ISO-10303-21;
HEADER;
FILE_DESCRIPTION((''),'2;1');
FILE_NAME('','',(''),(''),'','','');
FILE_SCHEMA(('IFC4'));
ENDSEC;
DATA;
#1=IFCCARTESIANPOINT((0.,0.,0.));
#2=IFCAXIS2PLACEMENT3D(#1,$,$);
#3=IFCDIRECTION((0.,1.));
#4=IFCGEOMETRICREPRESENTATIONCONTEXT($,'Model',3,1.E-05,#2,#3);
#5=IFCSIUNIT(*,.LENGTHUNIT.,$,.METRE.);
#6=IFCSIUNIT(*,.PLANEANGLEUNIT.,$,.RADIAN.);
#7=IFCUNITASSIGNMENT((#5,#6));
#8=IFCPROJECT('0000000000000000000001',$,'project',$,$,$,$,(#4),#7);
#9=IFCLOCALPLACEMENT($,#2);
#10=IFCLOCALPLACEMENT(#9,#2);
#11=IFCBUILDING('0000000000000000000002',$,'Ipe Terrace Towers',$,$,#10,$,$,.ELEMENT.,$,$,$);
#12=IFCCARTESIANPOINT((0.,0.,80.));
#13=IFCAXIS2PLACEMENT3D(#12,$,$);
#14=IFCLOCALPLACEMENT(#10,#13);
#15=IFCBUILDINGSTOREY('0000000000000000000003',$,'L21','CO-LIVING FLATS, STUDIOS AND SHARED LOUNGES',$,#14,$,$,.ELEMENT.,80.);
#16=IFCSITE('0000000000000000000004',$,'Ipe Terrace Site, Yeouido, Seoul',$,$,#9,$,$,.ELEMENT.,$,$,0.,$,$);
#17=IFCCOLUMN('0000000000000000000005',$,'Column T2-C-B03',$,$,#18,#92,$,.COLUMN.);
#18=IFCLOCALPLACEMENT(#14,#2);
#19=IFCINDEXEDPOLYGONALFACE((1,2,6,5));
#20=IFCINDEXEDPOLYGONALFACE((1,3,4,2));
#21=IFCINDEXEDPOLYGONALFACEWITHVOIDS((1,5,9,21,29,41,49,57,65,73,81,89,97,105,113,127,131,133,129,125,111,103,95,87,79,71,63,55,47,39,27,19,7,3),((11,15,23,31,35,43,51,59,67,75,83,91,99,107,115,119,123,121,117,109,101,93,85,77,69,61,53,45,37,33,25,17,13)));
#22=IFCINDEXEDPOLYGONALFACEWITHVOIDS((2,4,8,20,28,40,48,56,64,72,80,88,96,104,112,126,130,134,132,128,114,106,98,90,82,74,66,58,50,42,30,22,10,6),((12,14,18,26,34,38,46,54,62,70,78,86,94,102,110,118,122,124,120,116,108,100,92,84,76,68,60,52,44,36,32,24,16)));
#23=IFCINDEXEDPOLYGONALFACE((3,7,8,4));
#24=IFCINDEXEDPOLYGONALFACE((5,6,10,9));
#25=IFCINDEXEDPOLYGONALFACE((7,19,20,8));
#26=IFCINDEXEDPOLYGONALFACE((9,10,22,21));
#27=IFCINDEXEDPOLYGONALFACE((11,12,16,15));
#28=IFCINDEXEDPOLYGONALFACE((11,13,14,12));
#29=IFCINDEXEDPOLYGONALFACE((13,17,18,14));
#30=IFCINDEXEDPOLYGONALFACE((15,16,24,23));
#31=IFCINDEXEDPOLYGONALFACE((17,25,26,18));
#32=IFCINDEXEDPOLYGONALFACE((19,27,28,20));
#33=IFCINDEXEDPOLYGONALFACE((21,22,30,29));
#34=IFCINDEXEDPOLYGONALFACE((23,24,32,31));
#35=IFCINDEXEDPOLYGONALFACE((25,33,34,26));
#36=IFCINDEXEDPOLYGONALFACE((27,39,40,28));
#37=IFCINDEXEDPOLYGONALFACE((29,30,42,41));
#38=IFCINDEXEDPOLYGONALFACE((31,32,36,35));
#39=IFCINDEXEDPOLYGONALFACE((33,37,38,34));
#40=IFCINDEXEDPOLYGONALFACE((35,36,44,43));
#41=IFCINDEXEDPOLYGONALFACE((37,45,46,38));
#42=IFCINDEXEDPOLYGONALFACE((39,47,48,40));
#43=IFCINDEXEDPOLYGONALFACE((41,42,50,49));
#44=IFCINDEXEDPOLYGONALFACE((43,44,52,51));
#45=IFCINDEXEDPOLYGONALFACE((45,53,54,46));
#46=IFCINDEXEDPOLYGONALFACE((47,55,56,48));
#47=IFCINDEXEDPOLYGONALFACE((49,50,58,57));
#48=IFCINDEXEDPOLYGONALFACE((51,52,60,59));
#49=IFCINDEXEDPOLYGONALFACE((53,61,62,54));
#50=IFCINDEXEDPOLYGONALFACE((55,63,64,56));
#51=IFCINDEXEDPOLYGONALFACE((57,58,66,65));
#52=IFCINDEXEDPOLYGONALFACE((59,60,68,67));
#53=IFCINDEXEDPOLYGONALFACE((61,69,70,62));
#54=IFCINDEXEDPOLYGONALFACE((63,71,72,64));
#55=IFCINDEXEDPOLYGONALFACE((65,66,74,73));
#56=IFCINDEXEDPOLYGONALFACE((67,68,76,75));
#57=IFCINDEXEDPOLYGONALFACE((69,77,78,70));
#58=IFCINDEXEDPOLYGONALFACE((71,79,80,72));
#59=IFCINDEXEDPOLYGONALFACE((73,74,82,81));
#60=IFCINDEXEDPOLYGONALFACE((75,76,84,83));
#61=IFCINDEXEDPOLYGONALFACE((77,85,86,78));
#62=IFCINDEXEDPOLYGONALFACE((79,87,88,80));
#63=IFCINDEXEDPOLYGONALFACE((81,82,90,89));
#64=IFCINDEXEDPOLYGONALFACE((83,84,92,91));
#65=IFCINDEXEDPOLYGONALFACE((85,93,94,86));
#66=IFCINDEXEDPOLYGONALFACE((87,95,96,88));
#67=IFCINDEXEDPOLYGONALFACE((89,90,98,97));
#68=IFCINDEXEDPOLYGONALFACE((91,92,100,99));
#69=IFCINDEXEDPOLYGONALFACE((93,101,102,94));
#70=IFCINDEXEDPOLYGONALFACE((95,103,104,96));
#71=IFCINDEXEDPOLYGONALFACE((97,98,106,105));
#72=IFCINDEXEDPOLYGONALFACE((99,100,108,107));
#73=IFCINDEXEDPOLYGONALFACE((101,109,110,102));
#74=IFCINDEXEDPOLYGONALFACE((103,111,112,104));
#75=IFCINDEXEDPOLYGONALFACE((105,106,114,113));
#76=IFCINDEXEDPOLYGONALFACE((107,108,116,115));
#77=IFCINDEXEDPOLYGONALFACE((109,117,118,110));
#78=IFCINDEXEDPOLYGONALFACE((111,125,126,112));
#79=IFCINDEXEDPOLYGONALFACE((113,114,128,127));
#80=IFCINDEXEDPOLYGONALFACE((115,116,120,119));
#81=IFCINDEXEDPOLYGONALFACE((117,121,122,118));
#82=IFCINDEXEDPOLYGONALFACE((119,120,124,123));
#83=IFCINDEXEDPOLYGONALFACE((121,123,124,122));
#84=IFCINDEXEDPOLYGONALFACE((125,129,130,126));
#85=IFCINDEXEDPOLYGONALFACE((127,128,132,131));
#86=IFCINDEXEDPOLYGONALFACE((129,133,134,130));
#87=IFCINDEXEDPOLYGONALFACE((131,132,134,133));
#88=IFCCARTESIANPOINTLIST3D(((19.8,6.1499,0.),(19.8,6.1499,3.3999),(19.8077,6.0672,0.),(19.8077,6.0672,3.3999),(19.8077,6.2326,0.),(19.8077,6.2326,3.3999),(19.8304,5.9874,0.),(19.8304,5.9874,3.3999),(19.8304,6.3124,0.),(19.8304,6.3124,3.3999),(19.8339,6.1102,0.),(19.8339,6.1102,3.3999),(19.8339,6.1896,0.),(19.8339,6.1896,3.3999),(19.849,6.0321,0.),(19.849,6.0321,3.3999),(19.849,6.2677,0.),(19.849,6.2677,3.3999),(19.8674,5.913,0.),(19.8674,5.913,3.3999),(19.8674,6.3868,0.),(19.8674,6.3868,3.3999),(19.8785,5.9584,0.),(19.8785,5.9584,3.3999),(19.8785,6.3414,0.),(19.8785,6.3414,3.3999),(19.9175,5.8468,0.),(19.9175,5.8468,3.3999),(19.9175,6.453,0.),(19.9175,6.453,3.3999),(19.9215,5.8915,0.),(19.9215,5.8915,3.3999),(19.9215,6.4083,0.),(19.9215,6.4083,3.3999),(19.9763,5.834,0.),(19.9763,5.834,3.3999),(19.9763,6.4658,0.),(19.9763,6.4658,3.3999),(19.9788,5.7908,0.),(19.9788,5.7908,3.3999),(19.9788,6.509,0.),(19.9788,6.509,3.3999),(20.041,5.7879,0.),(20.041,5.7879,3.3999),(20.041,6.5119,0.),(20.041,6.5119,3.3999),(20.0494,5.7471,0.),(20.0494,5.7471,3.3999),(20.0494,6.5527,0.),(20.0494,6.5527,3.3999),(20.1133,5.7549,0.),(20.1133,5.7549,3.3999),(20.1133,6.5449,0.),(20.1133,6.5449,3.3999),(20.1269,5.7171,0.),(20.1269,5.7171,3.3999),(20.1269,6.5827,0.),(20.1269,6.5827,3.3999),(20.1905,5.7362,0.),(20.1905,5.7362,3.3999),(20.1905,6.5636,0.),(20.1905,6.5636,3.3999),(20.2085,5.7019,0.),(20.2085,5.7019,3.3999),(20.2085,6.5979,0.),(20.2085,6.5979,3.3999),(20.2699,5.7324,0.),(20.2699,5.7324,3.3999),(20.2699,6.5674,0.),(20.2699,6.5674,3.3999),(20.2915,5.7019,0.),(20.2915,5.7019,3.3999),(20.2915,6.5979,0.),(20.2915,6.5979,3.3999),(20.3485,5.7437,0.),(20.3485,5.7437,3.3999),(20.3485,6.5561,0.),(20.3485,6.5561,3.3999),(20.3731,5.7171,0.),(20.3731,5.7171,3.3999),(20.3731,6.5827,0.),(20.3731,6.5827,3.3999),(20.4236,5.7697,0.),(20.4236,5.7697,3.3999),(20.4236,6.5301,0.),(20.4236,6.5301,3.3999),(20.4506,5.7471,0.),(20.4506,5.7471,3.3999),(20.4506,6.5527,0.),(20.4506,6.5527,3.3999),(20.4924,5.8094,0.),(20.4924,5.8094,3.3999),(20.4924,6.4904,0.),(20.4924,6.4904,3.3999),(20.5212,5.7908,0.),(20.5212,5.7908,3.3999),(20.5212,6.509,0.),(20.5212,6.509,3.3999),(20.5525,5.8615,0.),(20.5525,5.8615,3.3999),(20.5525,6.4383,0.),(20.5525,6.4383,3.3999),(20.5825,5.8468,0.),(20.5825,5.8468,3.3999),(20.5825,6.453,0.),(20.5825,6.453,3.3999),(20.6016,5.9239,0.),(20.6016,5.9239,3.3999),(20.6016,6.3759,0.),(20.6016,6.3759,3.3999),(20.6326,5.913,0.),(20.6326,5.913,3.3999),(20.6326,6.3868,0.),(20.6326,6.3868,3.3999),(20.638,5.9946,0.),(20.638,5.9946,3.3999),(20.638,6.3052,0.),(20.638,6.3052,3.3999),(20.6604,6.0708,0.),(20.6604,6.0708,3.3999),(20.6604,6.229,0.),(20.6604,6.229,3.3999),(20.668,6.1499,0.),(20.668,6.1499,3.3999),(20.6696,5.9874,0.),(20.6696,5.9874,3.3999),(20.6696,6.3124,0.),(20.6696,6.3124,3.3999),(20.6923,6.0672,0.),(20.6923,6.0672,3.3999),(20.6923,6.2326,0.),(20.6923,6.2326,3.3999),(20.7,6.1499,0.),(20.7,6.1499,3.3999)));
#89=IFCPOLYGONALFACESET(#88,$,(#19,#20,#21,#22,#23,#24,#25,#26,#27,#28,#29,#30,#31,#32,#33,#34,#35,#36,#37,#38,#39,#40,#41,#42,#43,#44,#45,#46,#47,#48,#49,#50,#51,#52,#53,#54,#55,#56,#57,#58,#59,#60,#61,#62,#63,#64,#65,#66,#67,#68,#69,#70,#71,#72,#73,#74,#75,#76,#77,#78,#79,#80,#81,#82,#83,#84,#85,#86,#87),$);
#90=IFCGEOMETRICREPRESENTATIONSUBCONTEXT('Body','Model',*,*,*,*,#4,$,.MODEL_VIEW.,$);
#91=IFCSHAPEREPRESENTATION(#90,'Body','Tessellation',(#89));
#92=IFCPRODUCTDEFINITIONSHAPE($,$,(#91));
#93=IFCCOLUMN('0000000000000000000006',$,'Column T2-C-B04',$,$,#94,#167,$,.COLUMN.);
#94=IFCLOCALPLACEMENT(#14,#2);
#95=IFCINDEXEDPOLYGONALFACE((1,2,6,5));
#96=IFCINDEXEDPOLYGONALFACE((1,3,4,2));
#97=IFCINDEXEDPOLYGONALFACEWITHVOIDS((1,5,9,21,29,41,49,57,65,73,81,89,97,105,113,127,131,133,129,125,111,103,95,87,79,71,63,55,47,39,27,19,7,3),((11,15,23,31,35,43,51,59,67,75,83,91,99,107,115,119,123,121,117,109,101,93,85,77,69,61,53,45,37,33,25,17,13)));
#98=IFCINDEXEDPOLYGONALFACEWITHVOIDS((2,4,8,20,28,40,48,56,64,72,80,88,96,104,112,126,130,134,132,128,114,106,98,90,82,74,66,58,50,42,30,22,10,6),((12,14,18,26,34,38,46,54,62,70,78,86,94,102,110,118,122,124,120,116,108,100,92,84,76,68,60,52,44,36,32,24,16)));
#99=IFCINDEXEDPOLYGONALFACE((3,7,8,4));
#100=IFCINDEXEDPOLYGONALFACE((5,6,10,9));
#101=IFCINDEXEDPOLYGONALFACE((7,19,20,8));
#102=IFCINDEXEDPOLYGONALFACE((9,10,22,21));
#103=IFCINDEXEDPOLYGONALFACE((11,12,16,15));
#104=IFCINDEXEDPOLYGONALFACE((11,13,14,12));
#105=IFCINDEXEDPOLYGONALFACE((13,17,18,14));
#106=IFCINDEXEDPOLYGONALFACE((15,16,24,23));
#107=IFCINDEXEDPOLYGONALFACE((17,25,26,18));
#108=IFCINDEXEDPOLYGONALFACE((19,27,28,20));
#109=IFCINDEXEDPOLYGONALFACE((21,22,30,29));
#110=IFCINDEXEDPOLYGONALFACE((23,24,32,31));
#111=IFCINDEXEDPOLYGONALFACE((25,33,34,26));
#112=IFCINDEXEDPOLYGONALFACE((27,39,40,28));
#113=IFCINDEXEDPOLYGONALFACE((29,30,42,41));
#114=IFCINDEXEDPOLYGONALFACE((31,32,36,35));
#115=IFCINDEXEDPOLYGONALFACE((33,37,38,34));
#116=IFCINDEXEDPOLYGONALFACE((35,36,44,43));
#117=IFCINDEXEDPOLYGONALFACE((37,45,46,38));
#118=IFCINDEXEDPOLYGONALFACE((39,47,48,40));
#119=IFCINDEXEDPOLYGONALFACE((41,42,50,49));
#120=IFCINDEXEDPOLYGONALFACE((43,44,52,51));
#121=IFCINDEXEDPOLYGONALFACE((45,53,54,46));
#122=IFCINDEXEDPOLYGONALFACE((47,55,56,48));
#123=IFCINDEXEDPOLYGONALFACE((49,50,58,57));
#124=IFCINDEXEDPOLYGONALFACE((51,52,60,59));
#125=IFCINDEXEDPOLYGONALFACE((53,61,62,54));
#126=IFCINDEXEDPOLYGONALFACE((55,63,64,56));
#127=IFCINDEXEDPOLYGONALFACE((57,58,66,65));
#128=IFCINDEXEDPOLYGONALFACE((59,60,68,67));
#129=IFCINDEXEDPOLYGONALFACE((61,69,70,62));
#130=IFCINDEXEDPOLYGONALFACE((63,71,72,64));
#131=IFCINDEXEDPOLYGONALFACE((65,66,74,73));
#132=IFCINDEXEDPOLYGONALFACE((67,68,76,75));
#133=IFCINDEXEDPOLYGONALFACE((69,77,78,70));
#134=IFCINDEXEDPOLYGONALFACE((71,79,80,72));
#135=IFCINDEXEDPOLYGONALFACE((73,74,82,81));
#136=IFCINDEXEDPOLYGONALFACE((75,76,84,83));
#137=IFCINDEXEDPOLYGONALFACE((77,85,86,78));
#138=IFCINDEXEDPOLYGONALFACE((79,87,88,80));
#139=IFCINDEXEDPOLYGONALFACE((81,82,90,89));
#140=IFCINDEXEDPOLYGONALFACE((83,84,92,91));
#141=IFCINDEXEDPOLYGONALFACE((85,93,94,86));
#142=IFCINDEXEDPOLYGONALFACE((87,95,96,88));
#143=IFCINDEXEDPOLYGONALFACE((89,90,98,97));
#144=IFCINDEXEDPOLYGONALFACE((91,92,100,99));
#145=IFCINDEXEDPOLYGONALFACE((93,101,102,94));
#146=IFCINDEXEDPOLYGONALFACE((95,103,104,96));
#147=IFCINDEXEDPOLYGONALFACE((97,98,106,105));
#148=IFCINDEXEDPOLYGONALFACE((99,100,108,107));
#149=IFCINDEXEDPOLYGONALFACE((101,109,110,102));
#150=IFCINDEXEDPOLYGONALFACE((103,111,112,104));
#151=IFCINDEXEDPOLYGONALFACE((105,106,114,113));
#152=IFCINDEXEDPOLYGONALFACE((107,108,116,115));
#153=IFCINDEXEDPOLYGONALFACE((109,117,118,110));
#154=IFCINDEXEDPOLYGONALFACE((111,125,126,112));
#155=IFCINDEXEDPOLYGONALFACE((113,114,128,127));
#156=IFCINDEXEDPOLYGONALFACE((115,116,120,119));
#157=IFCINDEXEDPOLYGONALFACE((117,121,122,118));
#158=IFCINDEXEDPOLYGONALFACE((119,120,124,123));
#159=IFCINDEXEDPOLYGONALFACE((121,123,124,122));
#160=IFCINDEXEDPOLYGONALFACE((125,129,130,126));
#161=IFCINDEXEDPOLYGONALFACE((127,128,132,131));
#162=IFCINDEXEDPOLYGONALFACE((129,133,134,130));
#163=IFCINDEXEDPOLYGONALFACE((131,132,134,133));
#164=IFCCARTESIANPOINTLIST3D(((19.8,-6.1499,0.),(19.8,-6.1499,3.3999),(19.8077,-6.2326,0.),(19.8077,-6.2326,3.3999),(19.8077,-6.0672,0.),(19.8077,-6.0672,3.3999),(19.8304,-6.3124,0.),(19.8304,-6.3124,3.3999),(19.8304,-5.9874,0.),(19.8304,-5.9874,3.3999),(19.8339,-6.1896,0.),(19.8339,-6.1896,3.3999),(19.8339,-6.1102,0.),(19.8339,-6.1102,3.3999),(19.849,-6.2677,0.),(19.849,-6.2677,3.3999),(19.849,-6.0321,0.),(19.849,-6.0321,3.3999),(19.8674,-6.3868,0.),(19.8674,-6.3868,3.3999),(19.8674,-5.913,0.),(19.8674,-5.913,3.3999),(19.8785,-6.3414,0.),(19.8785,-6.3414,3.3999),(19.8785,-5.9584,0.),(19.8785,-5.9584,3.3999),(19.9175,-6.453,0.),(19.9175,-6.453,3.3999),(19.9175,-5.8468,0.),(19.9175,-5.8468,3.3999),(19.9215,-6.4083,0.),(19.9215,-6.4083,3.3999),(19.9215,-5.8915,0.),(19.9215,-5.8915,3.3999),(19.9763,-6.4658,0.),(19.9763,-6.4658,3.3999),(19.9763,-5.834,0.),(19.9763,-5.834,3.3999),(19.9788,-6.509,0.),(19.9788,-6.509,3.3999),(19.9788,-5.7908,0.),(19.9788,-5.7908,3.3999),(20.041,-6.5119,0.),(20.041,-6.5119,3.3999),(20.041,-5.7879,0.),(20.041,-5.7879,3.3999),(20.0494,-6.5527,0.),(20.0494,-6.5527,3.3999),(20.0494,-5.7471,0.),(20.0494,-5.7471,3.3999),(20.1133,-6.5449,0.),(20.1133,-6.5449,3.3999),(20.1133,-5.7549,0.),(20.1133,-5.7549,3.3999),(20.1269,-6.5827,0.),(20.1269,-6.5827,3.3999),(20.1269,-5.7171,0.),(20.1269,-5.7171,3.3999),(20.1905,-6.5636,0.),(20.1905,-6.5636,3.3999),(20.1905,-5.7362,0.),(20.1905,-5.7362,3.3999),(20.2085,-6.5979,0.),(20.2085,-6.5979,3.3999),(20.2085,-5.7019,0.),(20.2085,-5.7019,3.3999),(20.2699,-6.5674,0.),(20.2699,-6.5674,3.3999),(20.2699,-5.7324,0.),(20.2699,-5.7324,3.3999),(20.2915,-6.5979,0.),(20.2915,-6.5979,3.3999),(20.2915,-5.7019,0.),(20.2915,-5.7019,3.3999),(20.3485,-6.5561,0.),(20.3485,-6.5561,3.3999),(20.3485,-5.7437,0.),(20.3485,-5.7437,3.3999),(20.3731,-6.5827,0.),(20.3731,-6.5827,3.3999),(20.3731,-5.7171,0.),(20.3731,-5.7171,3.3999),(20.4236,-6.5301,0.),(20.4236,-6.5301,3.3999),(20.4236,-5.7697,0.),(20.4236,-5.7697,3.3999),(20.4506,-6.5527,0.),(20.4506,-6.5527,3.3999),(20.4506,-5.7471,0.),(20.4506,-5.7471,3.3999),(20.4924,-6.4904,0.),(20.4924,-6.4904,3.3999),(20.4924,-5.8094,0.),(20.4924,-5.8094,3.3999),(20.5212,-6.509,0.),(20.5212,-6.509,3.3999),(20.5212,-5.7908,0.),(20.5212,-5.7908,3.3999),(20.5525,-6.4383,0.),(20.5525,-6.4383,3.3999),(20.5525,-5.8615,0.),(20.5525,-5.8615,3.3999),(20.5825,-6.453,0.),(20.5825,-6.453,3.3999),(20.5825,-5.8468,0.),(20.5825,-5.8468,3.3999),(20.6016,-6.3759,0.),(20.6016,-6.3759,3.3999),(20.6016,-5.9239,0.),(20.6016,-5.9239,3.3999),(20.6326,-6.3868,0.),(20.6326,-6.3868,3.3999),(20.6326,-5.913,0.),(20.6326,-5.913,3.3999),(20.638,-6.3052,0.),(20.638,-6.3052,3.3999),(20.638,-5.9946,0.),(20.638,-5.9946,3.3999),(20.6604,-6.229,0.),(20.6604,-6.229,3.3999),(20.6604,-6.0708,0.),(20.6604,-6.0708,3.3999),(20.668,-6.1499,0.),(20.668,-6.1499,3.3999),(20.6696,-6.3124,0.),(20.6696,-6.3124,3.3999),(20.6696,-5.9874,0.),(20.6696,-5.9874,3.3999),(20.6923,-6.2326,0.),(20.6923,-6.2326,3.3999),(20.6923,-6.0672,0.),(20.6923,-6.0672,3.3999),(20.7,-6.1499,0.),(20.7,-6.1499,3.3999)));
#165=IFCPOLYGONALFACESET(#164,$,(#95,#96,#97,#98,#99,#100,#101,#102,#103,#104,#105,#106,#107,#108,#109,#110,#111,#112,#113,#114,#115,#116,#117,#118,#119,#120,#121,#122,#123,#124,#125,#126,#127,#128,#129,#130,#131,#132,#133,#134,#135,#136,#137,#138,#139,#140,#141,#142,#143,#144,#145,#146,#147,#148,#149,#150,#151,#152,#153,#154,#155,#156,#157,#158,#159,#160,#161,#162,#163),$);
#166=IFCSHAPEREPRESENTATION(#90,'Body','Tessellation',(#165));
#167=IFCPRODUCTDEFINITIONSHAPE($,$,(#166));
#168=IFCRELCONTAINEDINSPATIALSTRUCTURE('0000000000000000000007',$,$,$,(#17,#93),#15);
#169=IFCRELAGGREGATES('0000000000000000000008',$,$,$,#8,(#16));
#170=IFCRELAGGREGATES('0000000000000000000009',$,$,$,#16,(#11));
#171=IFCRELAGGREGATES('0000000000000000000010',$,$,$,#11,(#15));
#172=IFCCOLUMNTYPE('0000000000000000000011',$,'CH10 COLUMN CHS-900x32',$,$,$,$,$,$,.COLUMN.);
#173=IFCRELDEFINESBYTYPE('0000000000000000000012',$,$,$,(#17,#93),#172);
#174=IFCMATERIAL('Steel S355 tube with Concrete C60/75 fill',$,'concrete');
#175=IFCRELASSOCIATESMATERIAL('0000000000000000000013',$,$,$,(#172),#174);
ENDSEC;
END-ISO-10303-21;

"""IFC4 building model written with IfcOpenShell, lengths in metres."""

from ifc_helpers import new_model, si_unit, direction, frame, origin, origin_2d, place, context, subcontext, project, spatial, hollow_circle, extrude, material, material_profile, profile_set, type_object, element, save


model = new_model("IFC4")

# Units and contexts
model_context = context("Model", 3, precision=1e-05, world=origin(), true_north=direction((0.0, 1.0)))
body_context = subcontext(model_context, "Body", "Model", "MODEL_VIEW")
ifc_project = project(units=[si_unit("LENGTHUNIT", "METRE"), si_unit("PLANEANGLEUNIT", "RADIAN")], contexts=[model_context])

# Site, building, storey
site_placement = place(None, origin())
site = spatial("IfcSite", under=ifc_project, at=site_placement, Name="Ipe Terrace Site, Yeouido, Seoul", CompositionType="ELEMENT", RefElevation=0.0)
building_placement = place(site_placement, origin())
building = spatial("IfcBuilding", under=site, at=building_placement, Name="Ipe Terrace Towers", CompositionType="ELEMENT")
storey_placement = place(building_placement, frame((0.0, 0.0, 80.0)))
storey = spatial("IfcBuildingStorey", under=building, at=storey_placement, Name="L21", Description="CO-LIVING FLATS, STUDIOS AND SHARED LOUNGES", CompositionType="ELEMENT", Elevation=80.0)

# Columns
ifc_material_1 = material(Name="Steel S355 tube with Concrete C60/75 fill", Category="concrete")
ifc_material_profile_1 = material_profile(ifc_material_1, hollow_circle(Radius=0.45, WallThickness=0.032, at=origin_2d()), Name="CHS-900x32")
ifc_profile_set_1 = profile_set([ifc_material_profile_1], Name="Steel S355 tube with Concrete C60/75 fill")
column_type = type_object("IfcColumnType", Name="CH10 COLUMN CHS-900x32", PredefinedType="COLUMN", material=ifc_profile_set_1)
for number, where, z_axis, x_axis, name in (
    (1, (20.25, 6.1499, 0.0), (0.0, 0.0, 1.0), (1.0, 0.0, 0.0), "Column T2-C-B03"),
    (2, (20.25, -6.1499, 0.0), (0.0, 0.0, 1.0), (1.0, 0.0, 0.0), "Column T2-C-B04"),
):
    element("IfcColumn", number, at=place(storey_placement, frame(where, z_axis=z_axis, x_axis=x_axis)), inside=storey, type_object=column_type, Name=name, PredefinedType="COLUMN", context=body_context, shape_type="SweptSolid", body=[
        extrude(hollow_circle(Radius=0.45, WallThickness=0.032, at=origin_2d()), origin(), (0.0, 0.0, 1.0), 3.3999),
    ])

save(model, "model.ifc")
